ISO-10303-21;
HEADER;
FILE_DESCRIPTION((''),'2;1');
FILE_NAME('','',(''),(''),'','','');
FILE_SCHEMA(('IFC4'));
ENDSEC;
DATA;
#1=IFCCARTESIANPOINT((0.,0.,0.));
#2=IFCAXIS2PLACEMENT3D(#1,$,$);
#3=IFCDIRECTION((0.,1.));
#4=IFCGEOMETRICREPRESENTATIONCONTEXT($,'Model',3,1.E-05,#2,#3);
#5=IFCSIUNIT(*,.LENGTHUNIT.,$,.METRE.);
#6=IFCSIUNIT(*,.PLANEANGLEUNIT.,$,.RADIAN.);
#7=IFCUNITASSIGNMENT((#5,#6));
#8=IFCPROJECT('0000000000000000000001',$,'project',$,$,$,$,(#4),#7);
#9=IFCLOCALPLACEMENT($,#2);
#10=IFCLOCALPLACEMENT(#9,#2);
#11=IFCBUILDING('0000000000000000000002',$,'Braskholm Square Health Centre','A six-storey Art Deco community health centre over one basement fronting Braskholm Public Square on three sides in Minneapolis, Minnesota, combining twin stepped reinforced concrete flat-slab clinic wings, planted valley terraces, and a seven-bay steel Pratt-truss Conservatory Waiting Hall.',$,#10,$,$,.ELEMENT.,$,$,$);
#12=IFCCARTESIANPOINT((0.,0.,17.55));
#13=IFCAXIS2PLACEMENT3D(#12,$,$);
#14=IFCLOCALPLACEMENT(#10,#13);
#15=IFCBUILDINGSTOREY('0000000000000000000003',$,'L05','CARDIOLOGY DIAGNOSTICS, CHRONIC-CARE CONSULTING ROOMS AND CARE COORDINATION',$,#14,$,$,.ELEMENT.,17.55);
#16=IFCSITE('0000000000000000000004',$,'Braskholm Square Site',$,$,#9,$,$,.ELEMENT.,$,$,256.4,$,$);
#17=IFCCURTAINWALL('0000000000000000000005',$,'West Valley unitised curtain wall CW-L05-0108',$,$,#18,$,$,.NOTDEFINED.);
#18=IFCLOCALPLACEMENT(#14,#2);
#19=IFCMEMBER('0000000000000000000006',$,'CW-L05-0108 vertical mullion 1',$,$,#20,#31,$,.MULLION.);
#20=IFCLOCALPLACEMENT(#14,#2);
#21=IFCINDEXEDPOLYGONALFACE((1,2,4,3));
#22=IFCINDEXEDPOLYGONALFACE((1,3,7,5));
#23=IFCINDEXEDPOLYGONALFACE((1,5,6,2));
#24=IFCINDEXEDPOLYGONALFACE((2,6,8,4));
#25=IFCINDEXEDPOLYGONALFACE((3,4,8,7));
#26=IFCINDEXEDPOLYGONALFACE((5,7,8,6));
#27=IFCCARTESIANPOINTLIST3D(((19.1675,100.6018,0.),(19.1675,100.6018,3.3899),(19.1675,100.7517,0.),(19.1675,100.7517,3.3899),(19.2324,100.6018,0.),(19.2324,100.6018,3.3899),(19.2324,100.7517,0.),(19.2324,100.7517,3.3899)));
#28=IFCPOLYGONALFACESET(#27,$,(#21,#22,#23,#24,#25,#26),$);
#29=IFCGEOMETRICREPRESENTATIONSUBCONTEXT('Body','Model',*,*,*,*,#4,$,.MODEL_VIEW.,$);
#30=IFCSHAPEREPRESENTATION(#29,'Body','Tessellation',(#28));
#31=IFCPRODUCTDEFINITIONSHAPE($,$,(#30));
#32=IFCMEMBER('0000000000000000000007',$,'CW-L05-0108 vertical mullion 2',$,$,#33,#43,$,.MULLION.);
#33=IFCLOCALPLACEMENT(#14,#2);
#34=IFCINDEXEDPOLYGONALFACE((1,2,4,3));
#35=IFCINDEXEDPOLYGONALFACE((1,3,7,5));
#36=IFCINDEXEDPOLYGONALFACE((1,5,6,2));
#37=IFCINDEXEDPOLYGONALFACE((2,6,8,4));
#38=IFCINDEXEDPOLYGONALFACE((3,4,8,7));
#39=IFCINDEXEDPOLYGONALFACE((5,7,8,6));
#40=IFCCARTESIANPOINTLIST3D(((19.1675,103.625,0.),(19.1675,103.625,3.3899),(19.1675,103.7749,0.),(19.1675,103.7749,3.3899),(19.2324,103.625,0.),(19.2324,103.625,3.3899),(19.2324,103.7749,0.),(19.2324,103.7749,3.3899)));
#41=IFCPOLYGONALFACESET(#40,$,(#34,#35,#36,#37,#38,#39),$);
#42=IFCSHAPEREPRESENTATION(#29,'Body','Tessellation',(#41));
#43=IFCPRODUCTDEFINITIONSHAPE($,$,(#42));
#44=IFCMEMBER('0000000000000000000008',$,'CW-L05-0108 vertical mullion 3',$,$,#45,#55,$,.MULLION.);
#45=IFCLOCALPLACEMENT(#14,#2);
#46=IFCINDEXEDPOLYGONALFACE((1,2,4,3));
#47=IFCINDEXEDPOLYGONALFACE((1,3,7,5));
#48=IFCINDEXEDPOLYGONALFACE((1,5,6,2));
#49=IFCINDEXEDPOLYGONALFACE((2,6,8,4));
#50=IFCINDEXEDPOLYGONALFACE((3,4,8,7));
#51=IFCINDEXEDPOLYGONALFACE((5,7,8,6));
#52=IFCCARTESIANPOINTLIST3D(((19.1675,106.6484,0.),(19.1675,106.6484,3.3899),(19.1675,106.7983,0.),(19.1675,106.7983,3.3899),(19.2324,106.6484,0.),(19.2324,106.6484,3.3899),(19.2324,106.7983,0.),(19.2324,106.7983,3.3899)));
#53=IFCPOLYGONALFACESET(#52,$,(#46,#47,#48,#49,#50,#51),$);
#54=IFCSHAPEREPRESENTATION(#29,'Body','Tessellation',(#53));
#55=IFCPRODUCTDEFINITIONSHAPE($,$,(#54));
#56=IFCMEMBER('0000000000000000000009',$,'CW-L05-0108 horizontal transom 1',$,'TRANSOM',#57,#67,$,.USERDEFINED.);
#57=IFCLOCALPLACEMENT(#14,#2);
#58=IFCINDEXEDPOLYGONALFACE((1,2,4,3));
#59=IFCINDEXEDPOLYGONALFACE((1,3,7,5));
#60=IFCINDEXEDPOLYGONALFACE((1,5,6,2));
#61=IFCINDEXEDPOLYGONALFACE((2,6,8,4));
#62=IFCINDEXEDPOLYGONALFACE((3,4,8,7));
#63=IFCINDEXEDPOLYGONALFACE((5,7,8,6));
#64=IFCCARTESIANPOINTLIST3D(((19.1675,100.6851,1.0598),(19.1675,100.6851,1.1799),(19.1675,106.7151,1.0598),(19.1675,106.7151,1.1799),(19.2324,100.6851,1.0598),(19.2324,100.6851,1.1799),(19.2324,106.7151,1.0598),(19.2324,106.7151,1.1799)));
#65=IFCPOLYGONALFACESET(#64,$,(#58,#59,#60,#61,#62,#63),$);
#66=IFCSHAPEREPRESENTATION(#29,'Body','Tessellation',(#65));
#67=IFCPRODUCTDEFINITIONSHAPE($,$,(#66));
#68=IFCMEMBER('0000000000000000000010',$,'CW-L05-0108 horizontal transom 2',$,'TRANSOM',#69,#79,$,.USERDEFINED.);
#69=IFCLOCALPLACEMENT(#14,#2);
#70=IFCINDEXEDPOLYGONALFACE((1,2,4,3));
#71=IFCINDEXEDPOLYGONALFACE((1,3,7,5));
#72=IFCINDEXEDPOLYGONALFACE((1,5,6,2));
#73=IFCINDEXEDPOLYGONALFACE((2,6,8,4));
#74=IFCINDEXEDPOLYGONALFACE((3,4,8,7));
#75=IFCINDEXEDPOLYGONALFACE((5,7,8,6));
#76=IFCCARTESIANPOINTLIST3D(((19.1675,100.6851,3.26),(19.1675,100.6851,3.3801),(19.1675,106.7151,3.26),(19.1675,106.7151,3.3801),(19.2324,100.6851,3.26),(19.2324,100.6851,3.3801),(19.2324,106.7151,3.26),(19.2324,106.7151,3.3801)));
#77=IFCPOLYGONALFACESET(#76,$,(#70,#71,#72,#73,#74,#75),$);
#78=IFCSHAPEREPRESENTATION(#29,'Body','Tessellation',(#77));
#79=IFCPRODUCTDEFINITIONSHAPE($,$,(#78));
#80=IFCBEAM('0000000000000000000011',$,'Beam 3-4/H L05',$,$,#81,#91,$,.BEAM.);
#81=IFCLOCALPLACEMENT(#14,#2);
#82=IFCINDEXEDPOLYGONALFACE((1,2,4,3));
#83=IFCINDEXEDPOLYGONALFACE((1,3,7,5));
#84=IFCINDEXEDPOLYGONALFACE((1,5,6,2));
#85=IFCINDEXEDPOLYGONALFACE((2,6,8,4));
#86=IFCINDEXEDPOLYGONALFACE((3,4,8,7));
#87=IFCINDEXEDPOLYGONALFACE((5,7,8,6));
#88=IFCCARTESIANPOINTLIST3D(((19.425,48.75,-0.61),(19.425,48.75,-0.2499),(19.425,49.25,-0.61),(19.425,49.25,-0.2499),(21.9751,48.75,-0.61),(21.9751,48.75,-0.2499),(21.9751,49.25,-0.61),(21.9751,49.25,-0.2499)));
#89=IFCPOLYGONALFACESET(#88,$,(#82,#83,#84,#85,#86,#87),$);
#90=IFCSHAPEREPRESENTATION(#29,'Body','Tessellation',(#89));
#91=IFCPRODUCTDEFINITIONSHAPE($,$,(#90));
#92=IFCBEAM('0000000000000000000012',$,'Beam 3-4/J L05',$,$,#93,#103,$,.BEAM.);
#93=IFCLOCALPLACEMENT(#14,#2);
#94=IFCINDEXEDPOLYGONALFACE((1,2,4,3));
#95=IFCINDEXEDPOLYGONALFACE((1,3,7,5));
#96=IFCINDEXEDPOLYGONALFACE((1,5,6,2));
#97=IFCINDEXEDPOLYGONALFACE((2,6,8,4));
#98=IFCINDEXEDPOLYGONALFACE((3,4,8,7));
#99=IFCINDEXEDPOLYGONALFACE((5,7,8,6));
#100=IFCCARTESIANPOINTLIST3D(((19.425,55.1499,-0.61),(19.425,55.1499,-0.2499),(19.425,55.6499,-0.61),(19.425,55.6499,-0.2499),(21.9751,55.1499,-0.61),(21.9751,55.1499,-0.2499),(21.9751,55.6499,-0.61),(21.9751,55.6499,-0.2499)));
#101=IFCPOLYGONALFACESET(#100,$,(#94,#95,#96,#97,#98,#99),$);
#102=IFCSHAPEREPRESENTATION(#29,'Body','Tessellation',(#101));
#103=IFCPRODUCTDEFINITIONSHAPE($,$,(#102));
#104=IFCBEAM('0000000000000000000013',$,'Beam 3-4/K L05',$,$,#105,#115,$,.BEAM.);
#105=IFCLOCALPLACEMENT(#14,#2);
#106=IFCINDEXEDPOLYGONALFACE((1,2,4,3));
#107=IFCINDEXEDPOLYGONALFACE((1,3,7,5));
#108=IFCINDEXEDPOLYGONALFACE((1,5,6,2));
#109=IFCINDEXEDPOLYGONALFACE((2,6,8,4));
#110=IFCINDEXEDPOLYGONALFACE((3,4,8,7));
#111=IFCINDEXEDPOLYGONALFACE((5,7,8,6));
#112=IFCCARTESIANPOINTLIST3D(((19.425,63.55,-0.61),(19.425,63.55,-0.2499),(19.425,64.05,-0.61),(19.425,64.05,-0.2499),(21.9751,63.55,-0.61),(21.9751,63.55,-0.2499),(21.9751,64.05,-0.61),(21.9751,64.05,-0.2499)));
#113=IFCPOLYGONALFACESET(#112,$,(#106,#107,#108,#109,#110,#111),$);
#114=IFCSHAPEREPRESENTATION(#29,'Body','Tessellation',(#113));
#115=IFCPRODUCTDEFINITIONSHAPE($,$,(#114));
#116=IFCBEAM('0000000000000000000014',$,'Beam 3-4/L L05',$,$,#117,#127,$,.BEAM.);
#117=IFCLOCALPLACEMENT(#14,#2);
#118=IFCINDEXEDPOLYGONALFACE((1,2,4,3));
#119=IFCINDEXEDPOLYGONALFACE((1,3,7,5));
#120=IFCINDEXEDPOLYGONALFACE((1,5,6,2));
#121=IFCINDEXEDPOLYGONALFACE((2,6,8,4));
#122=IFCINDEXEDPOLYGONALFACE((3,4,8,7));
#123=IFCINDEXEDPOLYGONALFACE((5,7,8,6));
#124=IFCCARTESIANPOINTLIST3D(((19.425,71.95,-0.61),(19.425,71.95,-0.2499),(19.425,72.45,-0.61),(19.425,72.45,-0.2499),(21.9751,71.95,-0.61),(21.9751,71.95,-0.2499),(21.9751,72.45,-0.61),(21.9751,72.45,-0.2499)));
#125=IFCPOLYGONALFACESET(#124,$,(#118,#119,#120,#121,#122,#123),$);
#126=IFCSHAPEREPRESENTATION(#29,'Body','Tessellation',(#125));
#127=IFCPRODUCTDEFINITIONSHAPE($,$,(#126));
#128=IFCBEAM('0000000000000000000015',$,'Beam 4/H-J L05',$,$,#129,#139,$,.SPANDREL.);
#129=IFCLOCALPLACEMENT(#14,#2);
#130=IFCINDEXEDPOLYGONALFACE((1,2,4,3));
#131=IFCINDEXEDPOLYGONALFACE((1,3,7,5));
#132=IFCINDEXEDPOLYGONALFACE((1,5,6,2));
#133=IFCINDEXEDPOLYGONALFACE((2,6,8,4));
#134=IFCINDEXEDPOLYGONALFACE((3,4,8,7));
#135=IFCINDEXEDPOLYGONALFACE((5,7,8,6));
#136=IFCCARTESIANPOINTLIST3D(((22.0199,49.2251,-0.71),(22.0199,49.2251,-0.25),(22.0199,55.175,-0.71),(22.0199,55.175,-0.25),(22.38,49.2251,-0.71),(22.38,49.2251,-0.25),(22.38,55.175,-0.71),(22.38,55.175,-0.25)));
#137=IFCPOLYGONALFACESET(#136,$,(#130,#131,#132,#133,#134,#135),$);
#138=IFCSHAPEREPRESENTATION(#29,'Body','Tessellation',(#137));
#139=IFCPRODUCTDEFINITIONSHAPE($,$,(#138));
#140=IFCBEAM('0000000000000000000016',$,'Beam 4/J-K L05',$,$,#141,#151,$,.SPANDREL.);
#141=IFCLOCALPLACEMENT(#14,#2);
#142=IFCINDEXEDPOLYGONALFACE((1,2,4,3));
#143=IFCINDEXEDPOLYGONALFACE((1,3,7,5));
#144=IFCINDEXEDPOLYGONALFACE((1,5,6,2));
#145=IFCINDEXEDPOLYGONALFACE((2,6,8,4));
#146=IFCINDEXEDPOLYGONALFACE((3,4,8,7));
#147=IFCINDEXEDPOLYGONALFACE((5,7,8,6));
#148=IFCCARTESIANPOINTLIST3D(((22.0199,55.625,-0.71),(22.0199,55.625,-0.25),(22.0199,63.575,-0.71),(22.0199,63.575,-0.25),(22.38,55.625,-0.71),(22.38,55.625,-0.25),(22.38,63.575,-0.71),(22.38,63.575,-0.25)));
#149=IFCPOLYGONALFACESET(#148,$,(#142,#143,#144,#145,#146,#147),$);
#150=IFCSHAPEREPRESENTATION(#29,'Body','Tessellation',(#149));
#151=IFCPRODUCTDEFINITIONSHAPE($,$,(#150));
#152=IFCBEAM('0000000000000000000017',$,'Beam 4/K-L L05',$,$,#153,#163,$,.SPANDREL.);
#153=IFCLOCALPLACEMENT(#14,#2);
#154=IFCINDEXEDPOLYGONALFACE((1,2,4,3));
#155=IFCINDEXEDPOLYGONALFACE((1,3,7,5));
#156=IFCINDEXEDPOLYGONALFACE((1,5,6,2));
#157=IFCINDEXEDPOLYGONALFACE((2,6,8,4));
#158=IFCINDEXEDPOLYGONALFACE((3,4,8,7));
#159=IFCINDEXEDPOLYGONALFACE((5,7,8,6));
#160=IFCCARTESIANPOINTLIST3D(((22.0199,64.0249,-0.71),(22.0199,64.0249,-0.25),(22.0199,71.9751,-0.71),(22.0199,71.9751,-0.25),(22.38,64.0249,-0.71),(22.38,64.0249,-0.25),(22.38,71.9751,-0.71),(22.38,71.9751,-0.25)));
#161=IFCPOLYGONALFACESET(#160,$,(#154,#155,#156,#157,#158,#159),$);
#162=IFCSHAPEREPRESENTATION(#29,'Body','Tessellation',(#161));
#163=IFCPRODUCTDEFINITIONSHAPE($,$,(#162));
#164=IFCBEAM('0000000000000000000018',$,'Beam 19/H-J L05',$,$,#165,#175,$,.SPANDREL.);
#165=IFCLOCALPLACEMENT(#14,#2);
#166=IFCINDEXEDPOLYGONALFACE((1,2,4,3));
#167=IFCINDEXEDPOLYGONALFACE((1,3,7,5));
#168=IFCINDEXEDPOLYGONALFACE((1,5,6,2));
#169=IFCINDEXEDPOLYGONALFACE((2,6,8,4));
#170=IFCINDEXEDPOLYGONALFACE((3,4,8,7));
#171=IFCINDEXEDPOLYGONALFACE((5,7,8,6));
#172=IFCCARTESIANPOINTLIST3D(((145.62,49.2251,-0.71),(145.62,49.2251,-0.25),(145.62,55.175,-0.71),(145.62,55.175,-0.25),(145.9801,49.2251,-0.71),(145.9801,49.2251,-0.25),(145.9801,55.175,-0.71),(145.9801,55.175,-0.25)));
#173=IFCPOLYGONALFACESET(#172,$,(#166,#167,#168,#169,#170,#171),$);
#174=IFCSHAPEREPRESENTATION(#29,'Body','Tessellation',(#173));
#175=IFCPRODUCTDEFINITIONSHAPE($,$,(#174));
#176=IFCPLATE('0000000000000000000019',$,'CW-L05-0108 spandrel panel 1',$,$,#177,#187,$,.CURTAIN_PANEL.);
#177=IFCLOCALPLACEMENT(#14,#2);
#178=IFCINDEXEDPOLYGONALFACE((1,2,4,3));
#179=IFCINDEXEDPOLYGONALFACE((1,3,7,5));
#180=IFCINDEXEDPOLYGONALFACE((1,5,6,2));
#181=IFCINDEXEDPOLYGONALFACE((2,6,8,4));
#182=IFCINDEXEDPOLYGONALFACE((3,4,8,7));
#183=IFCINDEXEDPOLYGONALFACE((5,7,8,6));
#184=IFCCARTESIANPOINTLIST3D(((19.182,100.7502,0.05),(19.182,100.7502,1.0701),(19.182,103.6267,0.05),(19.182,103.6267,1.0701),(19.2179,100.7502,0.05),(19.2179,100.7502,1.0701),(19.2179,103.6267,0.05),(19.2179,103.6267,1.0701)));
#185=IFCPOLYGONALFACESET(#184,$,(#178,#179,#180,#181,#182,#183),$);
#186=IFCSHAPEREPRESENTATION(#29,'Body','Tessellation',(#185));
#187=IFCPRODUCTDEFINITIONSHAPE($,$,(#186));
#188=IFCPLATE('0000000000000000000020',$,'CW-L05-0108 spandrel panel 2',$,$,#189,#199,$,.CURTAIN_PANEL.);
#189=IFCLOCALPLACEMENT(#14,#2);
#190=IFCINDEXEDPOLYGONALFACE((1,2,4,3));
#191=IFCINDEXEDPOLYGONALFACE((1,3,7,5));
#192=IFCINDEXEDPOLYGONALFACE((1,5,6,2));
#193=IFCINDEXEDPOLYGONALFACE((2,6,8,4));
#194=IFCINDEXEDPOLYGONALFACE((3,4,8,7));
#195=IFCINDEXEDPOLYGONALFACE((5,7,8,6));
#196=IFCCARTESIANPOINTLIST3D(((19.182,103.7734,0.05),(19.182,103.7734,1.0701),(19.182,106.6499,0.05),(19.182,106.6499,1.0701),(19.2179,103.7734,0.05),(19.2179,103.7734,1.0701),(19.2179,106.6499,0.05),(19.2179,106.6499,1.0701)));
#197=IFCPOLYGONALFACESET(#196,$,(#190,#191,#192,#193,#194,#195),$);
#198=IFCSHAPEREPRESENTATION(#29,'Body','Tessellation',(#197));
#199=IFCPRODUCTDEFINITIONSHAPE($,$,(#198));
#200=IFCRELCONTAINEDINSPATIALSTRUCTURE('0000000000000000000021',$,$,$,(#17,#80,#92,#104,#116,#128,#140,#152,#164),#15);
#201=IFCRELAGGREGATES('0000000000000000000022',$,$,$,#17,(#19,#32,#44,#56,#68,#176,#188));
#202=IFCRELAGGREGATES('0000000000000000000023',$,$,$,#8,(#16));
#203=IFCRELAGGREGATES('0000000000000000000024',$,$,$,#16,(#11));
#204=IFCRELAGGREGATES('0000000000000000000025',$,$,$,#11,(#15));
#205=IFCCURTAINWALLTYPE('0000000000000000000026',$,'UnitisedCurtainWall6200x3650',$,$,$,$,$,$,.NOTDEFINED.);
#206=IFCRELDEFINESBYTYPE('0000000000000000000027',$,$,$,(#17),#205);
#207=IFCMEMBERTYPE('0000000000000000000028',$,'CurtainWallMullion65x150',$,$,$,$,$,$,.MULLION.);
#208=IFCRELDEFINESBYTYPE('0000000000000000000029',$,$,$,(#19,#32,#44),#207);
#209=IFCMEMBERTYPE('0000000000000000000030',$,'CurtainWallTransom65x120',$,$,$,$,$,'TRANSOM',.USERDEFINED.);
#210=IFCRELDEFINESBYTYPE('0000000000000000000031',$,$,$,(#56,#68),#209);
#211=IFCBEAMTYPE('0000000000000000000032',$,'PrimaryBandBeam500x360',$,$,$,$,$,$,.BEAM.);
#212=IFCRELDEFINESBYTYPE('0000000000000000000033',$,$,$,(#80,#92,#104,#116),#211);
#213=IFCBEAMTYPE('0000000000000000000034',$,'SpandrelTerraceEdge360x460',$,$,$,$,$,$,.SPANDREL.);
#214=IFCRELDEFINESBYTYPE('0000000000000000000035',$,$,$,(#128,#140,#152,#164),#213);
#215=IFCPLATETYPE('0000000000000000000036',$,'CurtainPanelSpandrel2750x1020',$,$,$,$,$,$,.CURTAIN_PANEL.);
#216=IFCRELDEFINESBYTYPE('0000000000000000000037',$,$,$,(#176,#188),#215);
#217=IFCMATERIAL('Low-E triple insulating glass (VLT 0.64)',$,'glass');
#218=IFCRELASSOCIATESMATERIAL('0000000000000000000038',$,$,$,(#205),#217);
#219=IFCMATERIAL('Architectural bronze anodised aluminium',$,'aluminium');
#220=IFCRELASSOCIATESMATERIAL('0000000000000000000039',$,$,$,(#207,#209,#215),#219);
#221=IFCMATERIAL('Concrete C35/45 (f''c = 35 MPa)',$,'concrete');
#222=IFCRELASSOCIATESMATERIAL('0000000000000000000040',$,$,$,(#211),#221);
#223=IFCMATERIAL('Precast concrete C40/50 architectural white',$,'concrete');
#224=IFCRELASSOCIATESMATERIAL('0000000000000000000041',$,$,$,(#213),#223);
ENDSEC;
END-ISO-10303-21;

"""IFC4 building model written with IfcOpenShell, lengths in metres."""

from ifc_helpers import new_model, si_unit, direction, frame, origin, origin_2d, place, context, subcontext, project, spatial, rectangle, extrude, material, material_profile, profile_set, type_object, element, aggregate, save


model = new_model("IFC4")

# Units and contexts
model_context = context("Model", 3, precision=1e-05, world=origin(), true_north=direction((0.0, 1.0)))
body_context = subcontext(model_context, "Body", "Model", "MODEL_VIEW")
ifc_project = project(units=[si_unit("LENGTHUNIT", "METRE"), si_unit("PLANEANGLEUNIT", "RADIAN")], contexts=[model_context])

# Site, building, storey
site_placement = place(None, origin())
site = spatial("IfcSite", under=ifc_project, at=site_placement, Name="Braskholm Square Site", CompositionType="ELEMENT", RefElevation=256.4)
building_placement = place(site_placement, origin())
building = spatial("IfcBuilding", under=site, at=building_placement, Name="Braskholm Square Health Centre", Description="A six-storey Art Deco community health centre over one basement fronting Braskholm Public Square on three sides in Minneapolis, Minnesota, combining twin stepped reinforced concrete flat-slab clinic wings, planted valley terraces, and a seven-bay steel Pratt-truss Conservatory Waiting Hall.", CompositionType="ELEMENT")
storey_placement = place(building_placement, frame((0.0, 0.0, 17.55)))
storey = spatial("IfcBuildingStorey", under=building, at=storey_placement, Name="L05", Description="CARDIOLOGY DIAGNOSTICS, CHRONIC-CARE CONSULTING ROOMS AND CARE COORDINATION", CompositionType="ELEMENT", Elevation=17.55)

# Curtain wall, members
ifc_material_1 = material(Name="Low-E triple insulating glass (VLT 0.64)", Category="glass")
curtain_wall_type = type_object("IfcCurtainWallType", Name="UnitisedCurtainWall6200x3650", PredefinedType="NOTDEFINED", material=ifc_material_1)
curtain_wall_placement = place(storey_placement, origin())
curtain_wall = element("IfcCurtainWall", 1, at=curtain_wall_placement, inside=storey, type_object=curtain_wall_type, Name="West Valley unitised curtain wall CW-L05-0108", PredefinedType="NOTDEFINED")
ifc_material_2 = material(Name="Architectural bronze anodised aluminium", Category="aluminium")
ifc_material_profile_1 = material_profile(ifc_material_2, rectangle(XDim=0.0649, YDim=0.1499, at=origin_2d()), Name="ALU-65X150")
ifc_profile_set_1 = profile_set([ifc_material_profile_1], Name="Architectural bronze anodised aluminium")
member_type_1 = type_object("IfcMemberType", Name="CurtainWallMullion65x150", PredefinedType="MULLION", material=ifc_profile_set_1)
member_1_placement = place(storey_placement, frame((19.2, 100.6768, 0.0), z_axis=(0.0, 0.0, 1.0), x_axis=(1.0, 0.0, 0.0)))
member_1 = element("IfcMember", 2, at=member_1_placement, type_object=member_type_1, Name="CW-L05-0108 vertical mullion 1", PredefinedType="MULLION", context=body_context, shape_type="SweptSolid", body=[
    extrude(rectangle(XDim=0.0649, YDim=0.1499, at=origin_2d()), origin(), (0.0, 0.0, 1.0), 3.3899),
])
member_2_placement = place(storey_placement, frame((19.2, 103.7, 0.0), z_axis=(0.0, 0.0, 1.0), x_axis=(1.0, 0.0, 0.0)))
member_2 = element("IfcMember", 3, at=member_2_placement, type_object=member_type_1, Name="CW-L05-0108 vertical mullion 2", PredefinedType="MULLION", context=body_context, shape_type="SweptSolid", body=[
    extrude(rectangle(XDim=0.0649, YDim=0.1499, at=origin_2d()), origin(), (0.0, 0.0, 1.0), 3.3899),
])
member_3_placement = place(storey_placement, frame((19.2, 106.7234, 0.0), z_axis=(0.0, 0.0, 1.0), x_axis=(1.0, 0.0, 0.0)))
member_3 = element("IfcMember", 4, at=member_3_placement, type_object=member_type_1, Name="CW-L05-0108 vertical mullion 3", PredefinedType="MULLION", context=body_context, shape_type="SweptSolid", body=[
    extrude(rectangle(XDim=0.0649, YDim=0.1499, at=origin_2d()), origin(), (0.0, 0.0, 1.0), 3.3899),
])
ifc_material_profile_2 = material_profile(ifc_material_2, rectangle(XDim=0.0649, YDim=0.1201, at=origin_2d()), Name="ALU-65X120")
ifc_profile_set_2 = profile_set([ifc_material_profile_2], Name="Architectural bronze anodised aluminium")
member_type_2 = type_object("IfcMemberType", Name="CurtainWallTransom65x120", ElementType="TRANSOM", PredefinedType="USERDEFINED", material=ifc_profile_set_2)
member_4_placement = place(storey_placement, frame((19.2, 100.6851, 1.1199), z_axis=(0.0, 1.0, 0.0), x_axis=(-1.0, 0.0, 0.0)))
member_4 = element("IfcMember", 5, at=member_4_placement, type_object=member_type_2, Name="CW-L05-0108 horizontal transom 1", ObjectType="TRANSOM", PredefinedType="USERDEFINED", context=body_context, shape_type="SweptSolid", body=[
    extrude(rectangle(XDim=0.0649, YDim=0.1201, at=origin_2d()), origin(), (0.0, 0.0, 1.0), 6.03),
])
member_5_placement = place(storey_placement, frame((19.2, 100.6851, 3.3201), z_axis=(0.0, 1.0, 0.0), x_axis=(-1.0, 0.0, 0.0)))
member_5 = element("IfcMember", 6, at=member_5_placement, type_object=member_type_2, Name="CW-L05-0108 horizontal transom 2", ObjectType="TRANSOM", PredefinedType="USERDEFINED", context=body_context, shape_type="SweptSolid", body=[
    extrude(rectangle(XDim=0.0649, YDim=0.1201, at=origin_2d()), origin(), (0.0, 0.0, 1.0), 6.03),
])

# Beams
ifc_material_3 = material(Name="Concrete C35/45 (f'c = 35 MPa)", Category="concrete")
ifc_material_profile_3 = material_profile(ifc_material_3, rectangle(XDim=0.5, YDim=0.3601, at=origin_2d()), Name="RCB-500X360")
ifc_profile_set_3 = profile_set([ifc_material_profile_3], Name="Concrete C35/45 (f'c = 35 MPa)")
beam_type_1 = type_object("IfcBeamType", Name="PrimaryBandBeam500x360", PredefinedType="BEAM", material=ifc_profile_set_3)
for number, where, z_axis, x_axis, name in (
    (7, (19.425, 49.0, -0.4299), (1.0, 0.0, 0.0), (0.0, 1.0, 0.0), "Beam 3-4/H L05"),
    (8, (19.425, 55.3999, -0.4299), (1.0, 0.0, 0.0), (0.0, 1.0, 0.0), "Beam 3-4/J L05"),
    (9, (19.425, 63.8, -0.4299), (1.0, 0.0, 0.0), (0.0, 1.0, 0.0), "Beam 3-4/K L05"),
    (10, (19.425, 72.2, -0.4299), (1.0, 0.0, 0.0), (0.0, 1.0, 0.0), "Beam 3-4/L L05"),
):
    element("IfcBeam", number, at=place(storey_placement, frame(where, z_axis=z_axis, x_axis=x_axis)), inside=storey, type_object=beam_type_1, Name=name, PredefinedType="BEAM", context=body_context, shape_type="SweptSolid", body=[
        extrude(rectangle(XDim=0.5, YDim=0.3601, at=origin_2d()), origin(), (0.0, 0.0, 1.0), 2.55),
    ])
ifc_material_4 = material(Name="Precast concrete C40/50 architectural white", Category="concrete")
ifc_material_profile_4 = material_profile(ifc_material_4, rectangle(XDim=0.3601, YDim=0.46, at=origin_2d()), Name="RCB-360X460")
ifc_profile_set_4 = profile_set([ifc_material_profile_4], Name="Precast concrete C40/50 architectural white")
beam_type_2 = type_object("IfcBeamType", Name="SpandrelTerraceEdge360x460", PredefinedType="SPANDREL", material=ifc_profile_set_4)
beam_1_placement = place(storey_placement, frame((22.2, 49.2251, -0.48), z_axis=(0.0, 1.0, 0.0), x_axis=(-1.0, 0.0, 0.0)))
element("IfcBeam", 11, at=beam_1_placement, inside=storey, type_object=beam_type_2, Name="Beam 4/H-J L05", PredefinedType="SPANDREL", context=body_context, shape_type="SweptSolid", body=[
    extrude(rectangle(XDim=0.3601, YDim=0.46, at=origin_2d()), origin(), (0.0, 0.0, 1.0), 5.95),
])
beam_2_placement = place(storey_placement, frame((22.2, 55.625, -0.48), z_axis=(0.0, 1.0, 0.0), x_axis=(-1.0, 0.0, 0.0)))
element("IfcBeam", 12, at=beam_2_placement, inside=storey, type_object=beam_type_2, Name="Beam 4/J-K L05", PredefinedType="SPANDREL", context=body_context, shape_type="SweptSolid", body=[
    extrude(rectangle(XDim=0.3601, YDim=0.46, at=origin_2d()), origin(), (0.0, 0.0, 1.0), 7.95),
])
beam_3_placement = place(storey_placement, frame((22.2, 64.0249, -0.48), z_axis=(0.0, 1.0, 0.0), x_axis=(-1.0, 0.0, 0.0)))
element("IfcBeam", 13, at=beam_3_placement, inside=storey, type_object=beam_type_2, Name="Beam 4/K-L L05", PredefinedType="SPANDREL", context=body_context, shape_type="SweptSolid", body=[
    extrude(rectangle(XDim=0.3601, YDim=0.46, at=origin_2d()), origin(), (0.0, 0.0, 1.0), 7.9502),
])
beam_4_placement = place(storey_placement, frame((145.8, 49.2251, -0.48), z_axis=(0.0, 1.0, 0.0), x_axis=(-1.0, 0.0, 0.0)))
element("IfcBeam", 14, at=beam_4_placement, inside=storey, type_object=beam_type_2, Name="Beam 19/H-J L05", PredefinedType="SPANDREL", context=body_context, shape_type="SweptSolid", body=[
    extrude(rectangle(XDim=0.3601, YDim=0.46, at=origin_2d()), origin(), (0.0, 0.0, 1.0), 5.95),
])

# Plates
plate_type_1 = type_object("IfcPlateType", Name="CurtainPanelSpandrel2750x1020", PredefinedType="CURTAIN_PANEL", material=ifc_material_2)
plate_1_placement = place(storey_placement, frame((19.2, 102.1885, 0.05), z_axis=(0.0, 0.0, 1.0), x_axis=(0.0, 1.0, 0.0)))
plate_1 = element("IfcPlate", 15, at=plate_1_placement, type_object=plate_type_1, Name="CW-L05-0108 spandrel panel 1", PredefinedType="CURTAIN_PANEL", context=body_context, shape_type="SweptSolid", body=[
    extrude(rectangle(XDim=2.8765, YDim=0.0359, at=origin_2d()), origin(), (0.0, 0.0, 1.0), 1.02),
])
plate_2_placement = place(storey_placement, frame((19.2, 105.2117, 0.05), z_axis=(0.0, 0.0, 1.0), x_axis=(0.0, 1.0, 0.0)))
plate_2 = element("IfcPlate", 16, at=plate_2_placement, type_object=plate_type_1, Name="CW-L05-0108 spandrel panel 2", PredefinedType="CURTAIN_PANEL", context=body_context, shape_type="SweptSolid", body=[
    extrude(rectangle(XDim=2.8765, YDim=0.0359, at=origin_2d()), origin(), (0.0, 0.0, 1.0), 1.02),
])
aggregate(curtain_wall, [member_1, member_2, member_3, member_4, member_5, plate_1, plate_2])

save(model, "model.ifc")
